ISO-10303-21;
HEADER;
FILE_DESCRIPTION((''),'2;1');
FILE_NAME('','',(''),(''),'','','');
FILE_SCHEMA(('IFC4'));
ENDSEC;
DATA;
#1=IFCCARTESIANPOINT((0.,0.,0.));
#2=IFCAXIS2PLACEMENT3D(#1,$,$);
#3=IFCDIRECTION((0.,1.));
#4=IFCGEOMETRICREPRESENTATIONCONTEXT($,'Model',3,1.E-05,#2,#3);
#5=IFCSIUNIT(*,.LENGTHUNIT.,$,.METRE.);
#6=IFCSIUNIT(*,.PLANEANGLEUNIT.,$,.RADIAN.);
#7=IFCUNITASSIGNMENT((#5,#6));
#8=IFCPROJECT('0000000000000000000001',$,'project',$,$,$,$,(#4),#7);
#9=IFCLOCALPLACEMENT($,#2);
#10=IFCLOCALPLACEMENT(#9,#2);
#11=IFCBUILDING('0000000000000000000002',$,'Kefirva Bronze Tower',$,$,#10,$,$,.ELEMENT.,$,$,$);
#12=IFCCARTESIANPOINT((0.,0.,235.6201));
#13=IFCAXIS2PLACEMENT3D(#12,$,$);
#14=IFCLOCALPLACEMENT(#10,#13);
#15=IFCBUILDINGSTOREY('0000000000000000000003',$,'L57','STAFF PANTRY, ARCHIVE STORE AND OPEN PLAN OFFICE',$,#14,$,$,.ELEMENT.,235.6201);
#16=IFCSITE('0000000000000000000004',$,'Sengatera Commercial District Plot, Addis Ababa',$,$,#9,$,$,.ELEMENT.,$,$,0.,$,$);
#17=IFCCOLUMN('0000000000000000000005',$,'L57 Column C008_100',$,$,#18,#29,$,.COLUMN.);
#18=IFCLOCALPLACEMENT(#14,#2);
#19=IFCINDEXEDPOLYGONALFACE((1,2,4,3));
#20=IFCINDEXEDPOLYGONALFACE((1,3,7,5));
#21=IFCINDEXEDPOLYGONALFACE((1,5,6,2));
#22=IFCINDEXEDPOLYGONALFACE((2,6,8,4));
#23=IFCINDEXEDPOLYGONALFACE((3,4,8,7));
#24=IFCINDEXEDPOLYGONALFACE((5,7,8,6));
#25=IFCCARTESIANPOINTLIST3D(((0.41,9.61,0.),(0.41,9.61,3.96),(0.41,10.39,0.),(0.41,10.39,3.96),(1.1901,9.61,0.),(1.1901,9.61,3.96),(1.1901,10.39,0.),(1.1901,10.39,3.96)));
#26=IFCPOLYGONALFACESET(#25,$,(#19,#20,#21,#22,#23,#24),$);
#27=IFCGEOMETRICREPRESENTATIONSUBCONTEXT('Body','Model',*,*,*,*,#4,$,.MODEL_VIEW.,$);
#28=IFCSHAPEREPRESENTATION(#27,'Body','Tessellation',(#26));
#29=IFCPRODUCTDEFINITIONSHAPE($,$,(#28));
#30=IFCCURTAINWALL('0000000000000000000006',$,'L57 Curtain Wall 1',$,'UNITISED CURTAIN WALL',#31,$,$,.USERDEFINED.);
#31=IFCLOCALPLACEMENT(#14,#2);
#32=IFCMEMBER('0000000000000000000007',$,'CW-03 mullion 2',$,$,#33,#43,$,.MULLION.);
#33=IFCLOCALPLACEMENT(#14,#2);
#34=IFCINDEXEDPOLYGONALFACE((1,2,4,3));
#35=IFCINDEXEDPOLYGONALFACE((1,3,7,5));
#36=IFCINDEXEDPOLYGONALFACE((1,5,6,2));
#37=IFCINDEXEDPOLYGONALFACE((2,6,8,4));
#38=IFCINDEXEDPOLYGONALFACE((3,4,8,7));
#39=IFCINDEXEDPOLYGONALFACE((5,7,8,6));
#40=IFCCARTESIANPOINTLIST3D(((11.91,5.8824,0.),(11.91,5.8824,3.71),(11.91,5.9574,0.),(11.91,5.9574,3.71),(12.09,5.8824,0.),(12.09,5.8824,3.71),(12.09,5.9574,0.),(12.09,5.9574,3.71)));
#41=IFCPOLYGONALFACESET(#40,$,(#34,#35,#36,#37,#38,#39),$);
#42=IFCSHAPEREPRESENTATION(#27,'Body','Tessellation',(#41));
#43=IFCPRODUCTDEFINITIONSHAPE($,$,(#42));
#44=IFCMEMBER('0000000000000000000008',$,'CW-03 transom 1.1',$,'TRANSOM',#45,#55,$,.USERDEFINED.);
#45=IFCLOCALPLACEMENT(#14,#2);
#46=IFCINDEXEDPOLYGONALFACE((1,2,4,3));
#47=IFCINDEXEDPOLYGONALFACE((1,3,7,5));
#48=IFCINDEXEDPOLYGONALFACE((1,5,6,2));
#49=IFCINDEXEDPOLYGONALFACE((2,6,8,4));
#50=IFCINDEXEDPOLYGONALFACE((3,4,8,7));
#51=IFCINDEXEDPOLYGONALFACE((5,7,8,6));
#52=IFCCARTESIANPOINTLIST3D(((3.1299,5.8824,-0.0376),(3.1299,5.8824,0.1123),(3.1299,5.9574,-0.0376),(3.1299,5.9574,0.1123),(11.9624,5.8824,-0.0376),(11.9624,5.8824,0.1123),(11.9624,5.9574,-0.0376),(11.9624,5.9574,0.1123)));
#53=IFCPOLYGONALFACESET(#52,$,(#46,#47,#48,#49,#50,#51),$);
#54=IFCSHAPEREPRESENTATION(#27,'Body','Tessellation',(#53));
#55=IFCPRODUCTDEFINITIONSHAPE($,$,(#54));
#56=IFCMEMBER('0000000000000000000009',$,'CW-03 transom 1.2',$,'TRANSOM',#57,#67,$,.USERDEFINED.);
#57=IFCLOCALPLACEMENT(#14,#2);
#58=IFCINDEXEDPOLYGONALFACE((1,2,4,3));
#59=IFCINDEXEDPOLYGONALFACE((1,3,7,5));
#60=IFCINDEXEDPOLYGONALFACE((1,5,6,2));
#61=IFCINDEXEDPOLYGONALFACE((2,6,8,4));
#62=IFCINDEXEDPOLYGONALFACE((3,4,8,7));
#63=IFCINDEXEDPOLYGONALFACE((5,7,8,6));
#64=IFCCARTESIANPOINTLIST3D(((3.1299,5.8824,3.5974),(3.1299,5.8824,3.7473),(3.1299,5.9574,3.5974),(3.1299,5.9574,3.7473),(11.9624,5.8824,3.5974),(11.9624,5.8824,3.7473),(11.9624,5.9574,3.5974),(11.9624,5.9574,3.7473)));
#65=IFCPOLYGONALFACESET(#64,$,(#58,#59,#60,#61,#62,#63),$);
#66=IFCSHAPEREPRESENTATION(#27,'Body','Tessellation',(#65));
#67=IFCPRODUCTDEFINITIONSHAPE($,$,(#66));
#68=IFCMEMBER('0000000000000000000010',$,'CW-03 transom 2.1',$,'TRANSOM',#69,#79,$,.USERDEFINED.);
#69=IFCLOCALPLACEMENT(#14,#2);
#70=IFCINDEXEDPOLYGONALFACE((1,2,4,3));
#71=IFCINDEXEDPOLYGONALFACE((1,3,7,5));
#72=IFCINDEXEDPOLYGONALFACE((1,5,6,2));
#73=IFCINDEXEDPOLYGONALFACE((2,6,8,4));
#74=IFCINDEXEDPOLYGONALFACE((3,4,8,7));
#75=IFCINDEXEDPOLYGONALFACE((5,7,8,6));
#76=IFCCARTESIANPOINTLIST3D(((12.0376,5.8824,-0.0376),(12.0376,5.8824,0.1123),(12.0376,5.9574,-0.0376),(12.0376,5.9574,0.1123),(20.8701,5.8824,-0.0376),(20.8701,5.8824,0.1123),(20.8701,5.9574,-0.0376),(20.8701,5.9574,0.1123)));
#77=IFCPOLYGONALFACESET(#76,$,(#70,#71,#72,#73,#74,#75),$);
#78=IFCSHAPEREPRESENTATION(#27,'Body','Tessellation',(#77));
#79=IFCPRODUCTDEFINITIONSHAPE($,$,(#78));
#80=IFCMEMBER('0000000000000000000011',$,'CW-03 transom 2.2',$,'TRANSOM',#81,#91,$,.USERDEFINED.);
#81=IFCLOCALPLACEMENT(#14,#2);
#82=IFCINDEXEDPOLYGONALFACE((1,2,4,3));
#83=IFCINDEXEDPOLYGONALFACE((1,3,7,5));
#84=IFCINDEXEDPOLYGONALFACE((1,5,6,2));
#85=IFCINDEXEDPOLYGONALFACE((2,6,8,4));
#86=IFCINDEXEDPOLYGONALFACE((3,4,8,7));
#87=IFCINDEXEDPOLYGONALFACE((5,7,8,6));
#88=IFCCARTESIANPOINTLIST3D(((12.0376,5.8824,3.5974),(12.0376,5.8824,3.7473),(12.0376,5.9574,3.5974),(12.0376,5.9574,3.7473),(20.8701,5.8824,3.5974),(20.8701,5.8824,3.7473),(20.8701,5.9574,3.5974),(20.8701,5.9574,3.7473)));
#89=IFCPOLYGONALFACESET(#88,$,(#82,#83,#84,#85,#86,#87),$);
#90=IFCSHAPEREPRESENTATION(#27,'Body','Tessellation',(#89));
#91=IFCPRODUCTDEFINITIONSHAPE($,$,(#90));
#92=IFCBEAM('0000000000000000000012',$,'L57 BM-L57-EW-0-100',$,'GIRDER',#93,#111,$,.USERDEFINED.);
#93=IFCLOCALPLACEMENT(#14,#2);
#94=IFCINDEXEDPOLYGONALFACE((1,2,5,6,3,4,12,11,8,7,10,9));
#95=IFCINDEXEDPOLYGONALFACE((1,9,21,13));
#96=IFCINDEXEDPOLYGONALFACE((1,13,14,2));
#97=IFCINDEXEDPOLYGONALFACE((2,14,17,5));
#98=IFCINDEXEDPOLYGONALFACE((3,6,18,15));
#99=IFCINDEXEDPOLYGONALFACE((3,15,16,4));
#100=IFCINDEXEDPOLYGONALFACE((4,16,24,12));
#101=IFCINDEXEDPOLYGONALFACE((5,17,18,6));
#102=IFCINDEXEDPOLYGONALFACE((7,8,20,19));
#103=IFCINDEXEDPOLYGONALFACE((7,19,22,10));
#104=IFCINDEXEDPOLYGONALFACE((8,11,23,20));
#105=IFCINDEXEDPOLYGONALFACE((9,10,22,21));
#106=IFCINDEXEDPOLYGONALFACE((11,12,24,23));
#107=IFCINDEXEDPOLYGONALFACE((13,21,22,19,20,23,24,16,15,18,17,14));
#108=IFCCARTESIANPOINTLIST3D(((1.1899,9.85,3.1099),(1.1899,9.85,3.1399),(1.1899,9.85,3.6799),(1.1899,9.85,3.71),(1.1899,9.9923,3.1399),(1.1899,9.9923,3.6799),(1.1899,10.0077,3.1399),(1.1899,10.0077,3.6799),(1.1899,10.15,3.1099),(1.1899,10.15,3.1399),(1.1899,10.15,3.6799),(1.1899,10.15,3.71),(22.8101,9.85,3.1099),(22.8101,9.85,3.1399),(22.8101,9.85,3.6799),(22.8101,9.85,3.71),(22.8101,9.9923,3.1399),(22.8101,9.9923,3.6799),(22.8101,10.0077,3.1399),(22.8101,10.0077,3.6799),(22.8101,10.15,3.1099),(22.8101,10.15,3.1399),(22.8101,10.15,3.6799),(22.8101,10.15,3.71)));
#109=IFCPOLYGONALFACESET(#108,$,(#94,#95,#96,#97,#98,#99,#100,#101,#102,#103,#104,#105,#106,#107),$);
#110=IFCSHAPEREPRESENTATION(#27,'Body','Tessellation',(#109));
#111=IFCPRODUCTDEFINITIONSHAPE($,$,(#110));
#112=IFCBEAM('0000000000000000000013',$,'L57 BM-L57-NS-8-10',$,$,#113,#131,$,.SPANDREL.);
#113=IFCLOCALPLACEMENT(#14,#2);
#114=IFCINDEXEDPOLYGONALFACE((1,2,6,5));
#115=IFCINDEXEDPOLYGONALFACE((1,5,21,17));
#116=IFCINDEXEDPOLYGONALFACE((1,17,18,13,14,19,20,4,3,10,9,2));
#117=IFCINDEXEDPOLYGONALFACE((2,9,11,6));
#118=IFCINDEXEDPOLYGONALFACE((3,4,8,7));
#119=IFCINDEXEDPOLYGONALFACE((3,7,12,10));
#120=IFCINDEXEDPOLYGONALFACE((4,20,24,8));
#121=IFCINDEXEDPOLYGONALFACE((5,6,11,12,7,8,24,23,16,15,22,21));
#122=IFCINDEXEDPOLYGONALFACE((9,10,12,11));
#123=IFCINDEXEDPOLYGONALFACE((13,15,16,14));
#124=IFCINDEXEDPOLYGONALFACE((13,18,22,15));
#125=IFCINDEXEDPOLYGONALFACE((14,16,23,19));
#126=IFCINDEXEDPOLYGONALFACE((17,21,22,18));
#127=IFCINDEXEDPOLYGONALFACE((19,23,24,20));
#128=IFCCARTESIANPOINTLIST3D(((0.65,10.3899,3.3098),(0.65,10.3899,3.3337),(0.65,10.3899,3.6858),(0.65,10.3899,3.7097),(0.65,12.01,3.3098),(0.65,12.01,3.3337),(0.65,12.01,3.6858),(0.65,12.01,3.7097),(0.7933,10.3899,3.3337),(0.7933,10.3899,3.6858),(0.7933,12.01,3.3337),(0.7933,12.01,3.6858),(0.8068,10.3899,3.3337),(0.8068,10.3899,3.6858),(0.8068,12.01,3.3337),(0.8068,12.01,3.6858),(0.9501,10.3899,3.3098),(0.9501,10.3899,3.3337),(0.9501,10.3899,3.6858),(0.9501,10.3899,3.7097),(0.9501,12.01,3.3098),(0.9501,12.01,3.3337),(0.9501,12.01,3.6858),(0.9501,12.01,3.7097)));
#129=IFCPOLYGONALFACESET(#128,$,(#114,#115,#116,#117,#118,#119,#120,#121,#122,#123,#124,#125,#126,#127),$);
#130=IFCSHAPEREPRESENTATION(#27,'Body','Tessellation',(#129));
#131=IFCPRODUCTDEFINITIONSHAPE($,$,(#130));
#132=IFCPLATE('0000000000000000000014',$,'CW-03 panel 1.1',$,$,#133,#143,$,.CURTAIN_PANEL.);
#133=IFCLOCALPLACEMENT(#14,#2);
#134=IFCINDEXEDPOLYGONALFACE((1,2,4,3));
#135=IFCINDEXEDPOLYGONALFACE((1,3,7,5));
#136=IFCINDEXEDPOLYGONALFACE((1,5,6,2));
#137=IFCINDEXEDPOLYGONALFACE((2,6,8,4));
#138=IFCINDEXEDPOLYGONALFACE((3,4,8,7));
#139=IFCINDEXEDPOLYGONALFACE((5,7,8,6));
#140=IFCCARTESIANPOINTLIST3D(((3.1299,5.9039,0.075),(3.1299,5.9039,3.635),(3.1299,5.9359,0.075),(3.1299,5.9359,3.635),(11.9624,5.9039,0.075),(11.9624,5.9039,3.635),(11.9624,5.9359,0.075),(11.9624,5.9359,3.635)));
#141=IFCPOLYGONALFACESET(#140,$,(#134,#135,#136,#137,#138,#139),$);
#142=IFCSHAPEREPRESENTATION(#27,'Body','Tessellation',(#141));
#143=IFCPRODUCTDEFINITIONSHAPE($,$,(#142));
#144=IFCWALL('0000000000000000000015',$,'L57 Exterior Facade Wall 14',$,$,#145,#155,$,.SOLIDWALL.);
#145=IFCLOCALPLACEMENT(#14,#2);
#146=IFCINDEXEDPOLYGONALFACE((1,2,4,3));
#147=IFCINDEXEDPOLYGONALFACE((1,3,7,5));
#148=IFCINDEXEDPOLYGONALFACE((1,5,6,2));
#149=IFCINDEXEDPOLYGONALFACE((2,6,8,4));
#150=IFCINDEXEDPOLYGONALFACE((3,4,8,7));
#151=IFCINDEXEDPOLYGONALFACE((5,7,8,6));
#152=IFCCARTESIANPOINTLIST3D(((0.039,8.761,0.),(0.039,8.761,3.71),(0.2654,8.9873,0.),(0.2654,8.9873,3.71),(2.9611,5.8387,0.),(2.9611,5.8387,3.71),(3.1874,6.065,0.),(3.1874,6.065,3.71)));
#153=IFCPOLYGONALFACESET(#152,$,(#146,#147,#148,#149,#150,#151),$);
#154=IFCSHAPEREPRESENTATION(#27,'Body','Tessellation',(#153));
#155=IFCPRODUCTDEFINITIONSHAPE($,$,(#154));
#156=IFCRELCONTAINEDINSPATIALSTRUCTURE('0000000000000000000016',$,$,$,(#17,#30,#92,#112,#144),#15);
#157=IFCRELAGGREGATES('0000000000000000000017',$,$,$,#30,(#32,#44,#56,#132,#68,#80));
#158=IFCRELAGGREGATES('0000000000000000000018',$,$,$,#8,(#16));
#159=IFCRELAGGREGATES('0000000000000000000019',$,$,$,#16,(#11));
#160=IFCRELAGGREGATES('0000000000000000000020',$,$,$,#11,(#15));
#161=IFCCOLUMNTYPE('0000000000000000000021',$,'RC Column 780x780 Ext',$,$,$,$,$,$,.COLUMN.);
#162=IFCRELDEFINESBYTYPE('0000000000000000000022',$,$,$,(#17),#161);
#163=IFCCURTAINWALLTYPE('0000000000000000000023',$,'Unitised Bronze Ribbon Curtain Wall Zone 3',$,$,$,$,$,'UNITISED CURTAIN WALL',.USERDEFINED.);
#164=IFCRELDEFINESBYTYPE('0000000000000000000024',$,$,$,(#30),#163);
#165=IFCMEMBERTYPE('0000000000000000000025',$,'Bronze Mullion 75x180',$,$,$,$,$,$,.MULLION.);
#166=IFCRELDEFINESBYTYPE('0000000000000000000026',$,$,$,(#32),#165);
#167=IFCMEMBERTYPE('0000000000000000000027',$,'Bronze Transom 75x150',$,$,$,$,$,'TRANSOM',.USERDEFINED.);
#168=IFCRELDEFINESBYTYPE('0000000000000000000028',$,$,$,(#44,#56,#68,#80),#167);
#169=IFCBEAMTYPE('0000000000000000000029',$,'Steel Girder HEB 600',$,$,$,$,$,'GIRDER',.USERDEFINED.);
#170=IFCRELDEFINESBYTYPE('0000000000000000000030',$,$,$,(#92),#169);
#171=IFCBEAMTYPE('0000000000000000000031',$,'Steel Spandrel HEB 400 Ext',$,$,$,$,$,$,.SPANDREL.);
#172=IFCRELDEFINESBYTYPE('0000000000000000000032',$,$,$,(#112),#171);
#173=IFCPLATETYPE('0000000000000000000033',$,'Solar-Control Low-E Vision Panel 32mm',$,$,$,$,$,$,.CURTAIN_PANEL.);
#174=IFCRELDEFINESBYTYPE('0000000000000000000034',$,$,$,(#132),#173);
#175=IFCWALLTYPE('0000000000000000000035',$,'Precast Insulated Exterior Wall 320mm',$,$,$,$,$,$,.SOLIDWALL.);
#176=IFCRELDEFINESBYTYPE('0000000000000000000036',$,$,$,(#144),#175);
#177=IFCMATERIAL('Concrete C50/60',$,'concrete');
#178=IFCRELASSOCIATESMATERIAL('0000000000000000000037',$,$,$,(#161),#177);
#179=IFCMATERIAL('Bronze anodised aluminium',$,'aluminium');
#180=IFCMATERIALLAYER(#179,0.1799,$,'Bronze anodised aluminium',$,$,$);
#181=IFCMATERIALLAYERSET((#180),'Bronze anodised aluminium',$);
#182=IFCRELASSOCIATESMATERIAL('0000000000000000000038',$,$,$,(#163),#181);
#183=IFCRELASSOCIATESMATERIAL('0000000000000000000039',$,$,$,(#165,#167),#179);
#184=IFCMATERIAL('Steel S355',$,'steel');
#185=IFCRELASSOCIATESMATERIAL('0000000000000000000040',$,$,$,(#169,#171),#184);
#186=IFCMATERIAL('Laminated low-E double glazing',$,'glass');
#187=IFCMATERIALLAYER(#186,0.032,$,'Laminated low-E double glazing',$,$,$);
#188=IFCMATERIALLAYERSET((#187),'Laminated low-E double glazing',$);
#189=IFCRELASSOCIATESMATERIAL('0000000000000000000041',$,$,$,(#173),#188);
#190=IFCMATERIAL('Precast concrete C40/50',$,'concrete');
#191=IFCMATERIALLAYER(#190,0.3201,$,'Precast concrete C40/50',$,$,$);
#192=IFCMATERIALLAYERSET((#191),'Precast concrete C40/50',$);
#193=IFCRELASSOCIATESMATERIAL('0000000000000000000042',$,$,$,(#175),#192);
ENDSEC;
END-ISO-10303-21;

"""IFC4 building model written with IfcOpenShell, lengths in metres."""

from ifc_helpers import new_model, si_unit, direction, frame, frame_2d, origin, origin_2d, place, context, subcontext, project, spatial, rectangle, i_section, extrude, material, layer, layer_set, material_profile, profile_set, type_object, element, aggregate, save


model = new_model("IFC4")

# Units and contexts
model_context = context("Model", 3, precision=1e-05, world=origin(), true_north=direction((0.0, 1.0)))
body_context = subcontext(model_context, "Body", "Model", "MODEL_VIEW")
ifc_project = project(units=[si_unit("LENGTHUNIT", "METRE"), si_unit("PLANEANGLEUNIT", "RADIAN")], contexts=[model_context])

# Site, building, storey
site_placement = place(None, origin())
site = spatial("IfcSite", under=ifc_project, at=site_placement, Name="Sengatera Commercial District Plot, Addis Ababa", CompositionType="ELEMENT", RefElevation=0.0)
building_placement = place(site_placement, origin())
building = spatial("IfcBuilding", under=site, at=building_placement, Name="Kefirva Bronze Tower", CompositionType="ELEMENT")
storey_placement = place(building_placement, frame((0.0, 0.0, 235.6201)))
storey = spatial("IfcBuildingStorey", under=building, at=storey_placement, Name="L57", Description="STAFF PANTRY, ARCHIVE STORE AND OPEN PLAN OFFICE", CompositionType="ELEMENT", Elevation=235.6201)

# Column
ifc_material_1 = material(Name="Concrete C50/60", Category="concrete")
ifc_material_profile_1 = material_profile(ifc_material_1, rectangle(XDim=0.78, YDim=0.78, at=origin_2d()), Name="RC 780x780")
ifc_profile_set_1 = profile_set([ifc_material_profile_1], Name="Concrete C50/60")
column_type = type_object("IfcColumnType", Name="RC Column 780x780 Ext", PredefinedType="COLUMN", material=ifc_profile_set_1)
column_placement = place(storey_placement, frame((0.8, 10.0, 0.0), z_axis=(0.0, 0.0, 1.0), x_axis=(1.0, 0.0, 0.0)))
element("IfcColumn", 1, at=column_placement, inside=storey, type_object=column_type, Name="L57 Column C008_100", PredefinedType="COLUMN", context=body_context, shape_type="SweptSolid", body=[
    extrude(rectangle(XDim=0.78, YDim=0.78, at=origin_2d()), origin(), (0.0, 0.0, 1.0), 3.96),
])

# Curtain wall, members
ifc_material_2 = material(Name="Bronze anodised aluminium", Category="aluminium")
ifc_layer_1 = layer(ifc_material_2, 0.1799, Name="Bronze anodised aluminium")
ifc_layer_set_1 = layer_set([ifc_layer_1], Name="Bronze anodised aluminium")
curtain_wall_type = type_object("IfcCurtainWallType", Name="Unitised Bronze Ribbon Curtain Wall Zone 3", ElementType="UNITISED CURTAIN WALL", PredefinedType="USERDEFINED", material=ifc_layer_set_1)
curtain_wall_placement = place(storey_placement, origin())
curtain_wall = element("IfcCurtainWall", 2, at=curtain_wall_placement, inside=storey, type_object=curtain_wall_type, Name="L57 Curtain Wall 1", ObjectType="UNITISED CURTAIN WALL", PredefinedType="USERDEFINED")
ifc_material_profile_2 = material_profile(ifc_material_2, rectangle(XDim=0.075, YDim=0.1799, at=origin_2d()), Name="ALU 75x180")
ifc_profile_set_2 = profile_set([ifc_material_profile_2], Name="Bronze anodised aluminium")
member_type_1 = type_object("IfcMemberType", Name="Bronze Mullion 75x180", PredefinedType="MULLION", material=ifc_profile_set_2)
member_1_placement = place(storey_placement, frame((12.0, 5.9199, 0.0), z_axis=(0.0, 0.0, 1.0), x_axis=(0.0, 1.0, 0.0)))
member_1 = element("IfcMember", 3, at=member_1_placement, type_object=member_type_1, Name="CW-03 mullion 2", PredefinedType="MULLION", context=body_context, shape_type="SweptSolid", body=[
    extrude(rectangle(XDim=0.075, YDim=0.1799, at=origin_2d()), origin(), (0.0, 0.0, 1.0), 3.71),
])
ifc_material_profile_3 = material_profile(ifc_material_2, rectangle(XDim=0.075, YDim=0.1499, at=origin_2d()), Name="ALU 75x150")
ifc_profile_set_3 = profile_set([ifc_material_profile_3], Name="Bronze anodised aluminium")
member_type_2 = type_object("IfcMemberType", Name="Bronze Transom 75x150", ElementType="TRANSOM", PredefinedType="USERDEFINED", material=ifc_profile_set_3)
member_2_placement = place(storey_placement, frame((3.1299, 5.9199, 0.0374), z_axis=(1.0, 0.0, 0.0), x_axis=(0.0, 1.0, 0.0)))
member_2 = element("IfcMember", 4, at=member_2_placement, type_object=member_type_2, Name="CW-03 transom 1.1", ObjectType="TRANSOM", PredefinedType="USERDEFINED", context=body_context, shape_type="SweptSolid", body=[
    extrude(rectangle(XDim=0.075, YDim=0.1499, at=origin_2d()), origin(), (0.0, 0.0, 1.0), 8.8325),
])
member_3_placement = place(storey_placement, frame((3.1299, 5.9199, 3.6724), z_axis=(1.0, 0.0, 0.0), x_axis=(0.0, 1.0, 0.0)))
member_3 = element("IfcMember", 5, at=member_3_placement, type_object=member_type_2, Name="CW-03 transom 1.2", ObjectType="TRANSOM", PredefinedType="USERDEFINED", context=body_context, shape_type="SweptSolid", body=[
    extrude(rectangle(XDim=0.075, YDim=0.1499, at=origin_2d()), origin(), (0.0, 0.0, 1.0), 8.8325),
])
member_4_placement = place(storey_placement, frame((12.0376, 5.9199, 0.0374), z_axis=(1.0, 0.0, 0.0), x_axis=(0.0, 1.0, 0.0)))
member_4 = element("IfcMember", 6, at=member_4_placement, type_object=member_type_2, Name="CW-03 transom 2.1", ObjectType="TRANSOM", PredefinedType="USERDEFINED", context=body_context, shape_type="SweptSolid", body=[
    extrude(rectangle(XDim=0.075, YDim=0.1499, at=origin_2d()), origin(), (0.0, 0.0, 1.0), 8.8325),
])
member_5_placement = place(storey_placement, frame((12.0376, 5.9199, 3.6724), z_axis=(1.0, 0.0, 0.0), x_axis=(0.0, 1.0, 0.0)))
member_5 = element("IfcMember", 7, at=member_5_placement, type_object=member_type_2, Name="CW-03 transom 2.2", ObjectType="TRANSOM", PredefinedType="USERDEFINED", context=body_context, shape_type="SweptSolid", body=[
    extrude(rectangle(XDim=0.075, YDim=0.1499, at=origin_2d()), origin(), (0.0, 0.0, 1.0), 8.8325),
])

# Beams
ifc_material_3 = material(Name="Steel S355", Category="steel")
ifc_material_profile_4 = material_profile(ifc_material_3, i_section(OverallWidth=0.3, OverallDepth=0.6001, WebThickness=0.0154, FlangeThickness=0.03, at=origin_2d()), Name="HEB 600")
ifc_profile_set_4 = profile_set([ifc_material_profile_4], Name="Steel S355")
beam_type_1 = type_object("IfcBeamType", Name="Steel Girder HEB 600", ElementType="GIRDER", PredefinedType="USERDEFINED", material=ifc_profile_set_4)
beam_1_placement = place(storey_placement, frame((1.1899, 10.0, 3.4099), z_axis=(1.0, 0.0, 0.0), x_axis=(0.0, 1.0, 0.0)))
element("IfcBeam", 8, at=beam_1_placement, inside=storey, type_object=beam_type_1, Name="L57 BM-L57-EW-0-100", ObjectType="GIRDER", PredefinedType="USERDEFINED", context=body_context, shape_type="SweptSolid", body=[
    extrude(i_section(OverallWidth=0.3, OverallDepth=0.6001, WebThickness=0.0154, FlangeThickness=0.03, at=origin_2d()), origin(), (0.0, 0.0, 1.0), 21.6201),
])
ifc_material_profile_5 = material_profile(ifc_material_3, i_section(OverallWidth=0.3, OverallDepth=0.3999, WebThickness=0.0134, FlangeThickness=0.0239, at=origin_2d()), Name="HEB 400")
ifc_profile_set_5 = profile_set([ifc_material_profile_5], Name="Steel S355")
beam_type_2 = type_object("IfcBeamType", Name="Steel Spandrel HEB 400 Ext", PredefinedType="SPANDREL", material=ifc_profile_set_5)
beam_2_placement = place(storey_placement, frame((0.8, 10.3899, 3.5098), z_axis=(0.0, 1.0, 0.0), x_axis=(-1.0, 0.0, 0.0)))
element("IfcBeam", 9, at=beam_2_placement, inside=storey, type_object=beam_type_2, Name="L57 BM-L57-NS-8-10", PredefinedType="SPANDREL", context=body_context, shape_type="SweptSolid", body=[
    extrude(i_section(OverallWidth=0.3, OverallDepth=0.3999, WebThickness=0.0134, FlangeThickness=0.0239, at=origin_2d()), origin(), (0.0, 0.0, 1.0), 1.6201),
])

# Plate
ifc_material_4 = material(Name="Laminated low-E double glazing", Category="glass")
ifc_layer_2 = layer(ifc_material_4, 0.032, Name="Laminated low-E double glazing")
ifc_layer_set_2 = layer_set([ifc_layer_2], Name="Laminated low-E double glazing")
plate_type = type_object("IfcPlateType", Name="Solar-Control Low-E Vision Panel 32mm", PredefinedType="CURTAIN_PANEL", material=ifc_layer_set_2)
plate_placement = place(storey_placement, frame((7.5461, 5.9199, 0.075), z_axis=(0.0, 0.0, 1.0), x_axis=(1.0, 0.0, 0.0)))
plate = element("IfcPlate", 10, at=plate_placement, type_object=plate_type, Name="CW-03 panel 1.1", PredefinedType="CURTAIN_PANEL", context=body_context, shape_type="SweptSolid", body=[
    extrude(rectangle(XDim=8.8325, YDim=0.032, at=origin_2d()), origin(), (0.0, 0.0, 1.0), 3.5601),
])
aggregate(curtain_wall, [member_1, member_2, member_3, plate, member_4, member_5])

# Wall
ifc_material_5 = material(Name="Precast concrete C40/50", Category="concrete")
ifc_layer_3 = layer(ifc_material_5, 0.3201, Name="Precast concrete C40/50")
ifc_layer_set_3 = layer_set([ifc_layer_3], Name="Precast concrete C40/50")
wall_type_1 = type_object("IfcWallType", Name="Precast Insulated Exterior Wall 320mm", PredefinedType="SOLIDWALL", material=ifc_layer_set_3)
wall_1_placement = place(storey_placement, frame((0.1521, 8.8743, 0.0), z_axis=(0.0, 0.0, 1.0), x_axis=(0.707077, -0.707136, 0.0)))
element("IfcWall", 11, at=wall_1_placement, inside=storey, type_object=wall_type_1, Name="L57 Exterior Facade Wall 14", PredefinedType="SOLIDWALL", context=body_context, shape_type="SweptSolid", body=[
    extrude(rectangle(XDim=4.1326, YDim=0.3201, at=frame_2d((2.0664, 0.0))), origin(), (0.0, 0.0, 1.0), 3.71),
])

save(model, "model.ifc")
